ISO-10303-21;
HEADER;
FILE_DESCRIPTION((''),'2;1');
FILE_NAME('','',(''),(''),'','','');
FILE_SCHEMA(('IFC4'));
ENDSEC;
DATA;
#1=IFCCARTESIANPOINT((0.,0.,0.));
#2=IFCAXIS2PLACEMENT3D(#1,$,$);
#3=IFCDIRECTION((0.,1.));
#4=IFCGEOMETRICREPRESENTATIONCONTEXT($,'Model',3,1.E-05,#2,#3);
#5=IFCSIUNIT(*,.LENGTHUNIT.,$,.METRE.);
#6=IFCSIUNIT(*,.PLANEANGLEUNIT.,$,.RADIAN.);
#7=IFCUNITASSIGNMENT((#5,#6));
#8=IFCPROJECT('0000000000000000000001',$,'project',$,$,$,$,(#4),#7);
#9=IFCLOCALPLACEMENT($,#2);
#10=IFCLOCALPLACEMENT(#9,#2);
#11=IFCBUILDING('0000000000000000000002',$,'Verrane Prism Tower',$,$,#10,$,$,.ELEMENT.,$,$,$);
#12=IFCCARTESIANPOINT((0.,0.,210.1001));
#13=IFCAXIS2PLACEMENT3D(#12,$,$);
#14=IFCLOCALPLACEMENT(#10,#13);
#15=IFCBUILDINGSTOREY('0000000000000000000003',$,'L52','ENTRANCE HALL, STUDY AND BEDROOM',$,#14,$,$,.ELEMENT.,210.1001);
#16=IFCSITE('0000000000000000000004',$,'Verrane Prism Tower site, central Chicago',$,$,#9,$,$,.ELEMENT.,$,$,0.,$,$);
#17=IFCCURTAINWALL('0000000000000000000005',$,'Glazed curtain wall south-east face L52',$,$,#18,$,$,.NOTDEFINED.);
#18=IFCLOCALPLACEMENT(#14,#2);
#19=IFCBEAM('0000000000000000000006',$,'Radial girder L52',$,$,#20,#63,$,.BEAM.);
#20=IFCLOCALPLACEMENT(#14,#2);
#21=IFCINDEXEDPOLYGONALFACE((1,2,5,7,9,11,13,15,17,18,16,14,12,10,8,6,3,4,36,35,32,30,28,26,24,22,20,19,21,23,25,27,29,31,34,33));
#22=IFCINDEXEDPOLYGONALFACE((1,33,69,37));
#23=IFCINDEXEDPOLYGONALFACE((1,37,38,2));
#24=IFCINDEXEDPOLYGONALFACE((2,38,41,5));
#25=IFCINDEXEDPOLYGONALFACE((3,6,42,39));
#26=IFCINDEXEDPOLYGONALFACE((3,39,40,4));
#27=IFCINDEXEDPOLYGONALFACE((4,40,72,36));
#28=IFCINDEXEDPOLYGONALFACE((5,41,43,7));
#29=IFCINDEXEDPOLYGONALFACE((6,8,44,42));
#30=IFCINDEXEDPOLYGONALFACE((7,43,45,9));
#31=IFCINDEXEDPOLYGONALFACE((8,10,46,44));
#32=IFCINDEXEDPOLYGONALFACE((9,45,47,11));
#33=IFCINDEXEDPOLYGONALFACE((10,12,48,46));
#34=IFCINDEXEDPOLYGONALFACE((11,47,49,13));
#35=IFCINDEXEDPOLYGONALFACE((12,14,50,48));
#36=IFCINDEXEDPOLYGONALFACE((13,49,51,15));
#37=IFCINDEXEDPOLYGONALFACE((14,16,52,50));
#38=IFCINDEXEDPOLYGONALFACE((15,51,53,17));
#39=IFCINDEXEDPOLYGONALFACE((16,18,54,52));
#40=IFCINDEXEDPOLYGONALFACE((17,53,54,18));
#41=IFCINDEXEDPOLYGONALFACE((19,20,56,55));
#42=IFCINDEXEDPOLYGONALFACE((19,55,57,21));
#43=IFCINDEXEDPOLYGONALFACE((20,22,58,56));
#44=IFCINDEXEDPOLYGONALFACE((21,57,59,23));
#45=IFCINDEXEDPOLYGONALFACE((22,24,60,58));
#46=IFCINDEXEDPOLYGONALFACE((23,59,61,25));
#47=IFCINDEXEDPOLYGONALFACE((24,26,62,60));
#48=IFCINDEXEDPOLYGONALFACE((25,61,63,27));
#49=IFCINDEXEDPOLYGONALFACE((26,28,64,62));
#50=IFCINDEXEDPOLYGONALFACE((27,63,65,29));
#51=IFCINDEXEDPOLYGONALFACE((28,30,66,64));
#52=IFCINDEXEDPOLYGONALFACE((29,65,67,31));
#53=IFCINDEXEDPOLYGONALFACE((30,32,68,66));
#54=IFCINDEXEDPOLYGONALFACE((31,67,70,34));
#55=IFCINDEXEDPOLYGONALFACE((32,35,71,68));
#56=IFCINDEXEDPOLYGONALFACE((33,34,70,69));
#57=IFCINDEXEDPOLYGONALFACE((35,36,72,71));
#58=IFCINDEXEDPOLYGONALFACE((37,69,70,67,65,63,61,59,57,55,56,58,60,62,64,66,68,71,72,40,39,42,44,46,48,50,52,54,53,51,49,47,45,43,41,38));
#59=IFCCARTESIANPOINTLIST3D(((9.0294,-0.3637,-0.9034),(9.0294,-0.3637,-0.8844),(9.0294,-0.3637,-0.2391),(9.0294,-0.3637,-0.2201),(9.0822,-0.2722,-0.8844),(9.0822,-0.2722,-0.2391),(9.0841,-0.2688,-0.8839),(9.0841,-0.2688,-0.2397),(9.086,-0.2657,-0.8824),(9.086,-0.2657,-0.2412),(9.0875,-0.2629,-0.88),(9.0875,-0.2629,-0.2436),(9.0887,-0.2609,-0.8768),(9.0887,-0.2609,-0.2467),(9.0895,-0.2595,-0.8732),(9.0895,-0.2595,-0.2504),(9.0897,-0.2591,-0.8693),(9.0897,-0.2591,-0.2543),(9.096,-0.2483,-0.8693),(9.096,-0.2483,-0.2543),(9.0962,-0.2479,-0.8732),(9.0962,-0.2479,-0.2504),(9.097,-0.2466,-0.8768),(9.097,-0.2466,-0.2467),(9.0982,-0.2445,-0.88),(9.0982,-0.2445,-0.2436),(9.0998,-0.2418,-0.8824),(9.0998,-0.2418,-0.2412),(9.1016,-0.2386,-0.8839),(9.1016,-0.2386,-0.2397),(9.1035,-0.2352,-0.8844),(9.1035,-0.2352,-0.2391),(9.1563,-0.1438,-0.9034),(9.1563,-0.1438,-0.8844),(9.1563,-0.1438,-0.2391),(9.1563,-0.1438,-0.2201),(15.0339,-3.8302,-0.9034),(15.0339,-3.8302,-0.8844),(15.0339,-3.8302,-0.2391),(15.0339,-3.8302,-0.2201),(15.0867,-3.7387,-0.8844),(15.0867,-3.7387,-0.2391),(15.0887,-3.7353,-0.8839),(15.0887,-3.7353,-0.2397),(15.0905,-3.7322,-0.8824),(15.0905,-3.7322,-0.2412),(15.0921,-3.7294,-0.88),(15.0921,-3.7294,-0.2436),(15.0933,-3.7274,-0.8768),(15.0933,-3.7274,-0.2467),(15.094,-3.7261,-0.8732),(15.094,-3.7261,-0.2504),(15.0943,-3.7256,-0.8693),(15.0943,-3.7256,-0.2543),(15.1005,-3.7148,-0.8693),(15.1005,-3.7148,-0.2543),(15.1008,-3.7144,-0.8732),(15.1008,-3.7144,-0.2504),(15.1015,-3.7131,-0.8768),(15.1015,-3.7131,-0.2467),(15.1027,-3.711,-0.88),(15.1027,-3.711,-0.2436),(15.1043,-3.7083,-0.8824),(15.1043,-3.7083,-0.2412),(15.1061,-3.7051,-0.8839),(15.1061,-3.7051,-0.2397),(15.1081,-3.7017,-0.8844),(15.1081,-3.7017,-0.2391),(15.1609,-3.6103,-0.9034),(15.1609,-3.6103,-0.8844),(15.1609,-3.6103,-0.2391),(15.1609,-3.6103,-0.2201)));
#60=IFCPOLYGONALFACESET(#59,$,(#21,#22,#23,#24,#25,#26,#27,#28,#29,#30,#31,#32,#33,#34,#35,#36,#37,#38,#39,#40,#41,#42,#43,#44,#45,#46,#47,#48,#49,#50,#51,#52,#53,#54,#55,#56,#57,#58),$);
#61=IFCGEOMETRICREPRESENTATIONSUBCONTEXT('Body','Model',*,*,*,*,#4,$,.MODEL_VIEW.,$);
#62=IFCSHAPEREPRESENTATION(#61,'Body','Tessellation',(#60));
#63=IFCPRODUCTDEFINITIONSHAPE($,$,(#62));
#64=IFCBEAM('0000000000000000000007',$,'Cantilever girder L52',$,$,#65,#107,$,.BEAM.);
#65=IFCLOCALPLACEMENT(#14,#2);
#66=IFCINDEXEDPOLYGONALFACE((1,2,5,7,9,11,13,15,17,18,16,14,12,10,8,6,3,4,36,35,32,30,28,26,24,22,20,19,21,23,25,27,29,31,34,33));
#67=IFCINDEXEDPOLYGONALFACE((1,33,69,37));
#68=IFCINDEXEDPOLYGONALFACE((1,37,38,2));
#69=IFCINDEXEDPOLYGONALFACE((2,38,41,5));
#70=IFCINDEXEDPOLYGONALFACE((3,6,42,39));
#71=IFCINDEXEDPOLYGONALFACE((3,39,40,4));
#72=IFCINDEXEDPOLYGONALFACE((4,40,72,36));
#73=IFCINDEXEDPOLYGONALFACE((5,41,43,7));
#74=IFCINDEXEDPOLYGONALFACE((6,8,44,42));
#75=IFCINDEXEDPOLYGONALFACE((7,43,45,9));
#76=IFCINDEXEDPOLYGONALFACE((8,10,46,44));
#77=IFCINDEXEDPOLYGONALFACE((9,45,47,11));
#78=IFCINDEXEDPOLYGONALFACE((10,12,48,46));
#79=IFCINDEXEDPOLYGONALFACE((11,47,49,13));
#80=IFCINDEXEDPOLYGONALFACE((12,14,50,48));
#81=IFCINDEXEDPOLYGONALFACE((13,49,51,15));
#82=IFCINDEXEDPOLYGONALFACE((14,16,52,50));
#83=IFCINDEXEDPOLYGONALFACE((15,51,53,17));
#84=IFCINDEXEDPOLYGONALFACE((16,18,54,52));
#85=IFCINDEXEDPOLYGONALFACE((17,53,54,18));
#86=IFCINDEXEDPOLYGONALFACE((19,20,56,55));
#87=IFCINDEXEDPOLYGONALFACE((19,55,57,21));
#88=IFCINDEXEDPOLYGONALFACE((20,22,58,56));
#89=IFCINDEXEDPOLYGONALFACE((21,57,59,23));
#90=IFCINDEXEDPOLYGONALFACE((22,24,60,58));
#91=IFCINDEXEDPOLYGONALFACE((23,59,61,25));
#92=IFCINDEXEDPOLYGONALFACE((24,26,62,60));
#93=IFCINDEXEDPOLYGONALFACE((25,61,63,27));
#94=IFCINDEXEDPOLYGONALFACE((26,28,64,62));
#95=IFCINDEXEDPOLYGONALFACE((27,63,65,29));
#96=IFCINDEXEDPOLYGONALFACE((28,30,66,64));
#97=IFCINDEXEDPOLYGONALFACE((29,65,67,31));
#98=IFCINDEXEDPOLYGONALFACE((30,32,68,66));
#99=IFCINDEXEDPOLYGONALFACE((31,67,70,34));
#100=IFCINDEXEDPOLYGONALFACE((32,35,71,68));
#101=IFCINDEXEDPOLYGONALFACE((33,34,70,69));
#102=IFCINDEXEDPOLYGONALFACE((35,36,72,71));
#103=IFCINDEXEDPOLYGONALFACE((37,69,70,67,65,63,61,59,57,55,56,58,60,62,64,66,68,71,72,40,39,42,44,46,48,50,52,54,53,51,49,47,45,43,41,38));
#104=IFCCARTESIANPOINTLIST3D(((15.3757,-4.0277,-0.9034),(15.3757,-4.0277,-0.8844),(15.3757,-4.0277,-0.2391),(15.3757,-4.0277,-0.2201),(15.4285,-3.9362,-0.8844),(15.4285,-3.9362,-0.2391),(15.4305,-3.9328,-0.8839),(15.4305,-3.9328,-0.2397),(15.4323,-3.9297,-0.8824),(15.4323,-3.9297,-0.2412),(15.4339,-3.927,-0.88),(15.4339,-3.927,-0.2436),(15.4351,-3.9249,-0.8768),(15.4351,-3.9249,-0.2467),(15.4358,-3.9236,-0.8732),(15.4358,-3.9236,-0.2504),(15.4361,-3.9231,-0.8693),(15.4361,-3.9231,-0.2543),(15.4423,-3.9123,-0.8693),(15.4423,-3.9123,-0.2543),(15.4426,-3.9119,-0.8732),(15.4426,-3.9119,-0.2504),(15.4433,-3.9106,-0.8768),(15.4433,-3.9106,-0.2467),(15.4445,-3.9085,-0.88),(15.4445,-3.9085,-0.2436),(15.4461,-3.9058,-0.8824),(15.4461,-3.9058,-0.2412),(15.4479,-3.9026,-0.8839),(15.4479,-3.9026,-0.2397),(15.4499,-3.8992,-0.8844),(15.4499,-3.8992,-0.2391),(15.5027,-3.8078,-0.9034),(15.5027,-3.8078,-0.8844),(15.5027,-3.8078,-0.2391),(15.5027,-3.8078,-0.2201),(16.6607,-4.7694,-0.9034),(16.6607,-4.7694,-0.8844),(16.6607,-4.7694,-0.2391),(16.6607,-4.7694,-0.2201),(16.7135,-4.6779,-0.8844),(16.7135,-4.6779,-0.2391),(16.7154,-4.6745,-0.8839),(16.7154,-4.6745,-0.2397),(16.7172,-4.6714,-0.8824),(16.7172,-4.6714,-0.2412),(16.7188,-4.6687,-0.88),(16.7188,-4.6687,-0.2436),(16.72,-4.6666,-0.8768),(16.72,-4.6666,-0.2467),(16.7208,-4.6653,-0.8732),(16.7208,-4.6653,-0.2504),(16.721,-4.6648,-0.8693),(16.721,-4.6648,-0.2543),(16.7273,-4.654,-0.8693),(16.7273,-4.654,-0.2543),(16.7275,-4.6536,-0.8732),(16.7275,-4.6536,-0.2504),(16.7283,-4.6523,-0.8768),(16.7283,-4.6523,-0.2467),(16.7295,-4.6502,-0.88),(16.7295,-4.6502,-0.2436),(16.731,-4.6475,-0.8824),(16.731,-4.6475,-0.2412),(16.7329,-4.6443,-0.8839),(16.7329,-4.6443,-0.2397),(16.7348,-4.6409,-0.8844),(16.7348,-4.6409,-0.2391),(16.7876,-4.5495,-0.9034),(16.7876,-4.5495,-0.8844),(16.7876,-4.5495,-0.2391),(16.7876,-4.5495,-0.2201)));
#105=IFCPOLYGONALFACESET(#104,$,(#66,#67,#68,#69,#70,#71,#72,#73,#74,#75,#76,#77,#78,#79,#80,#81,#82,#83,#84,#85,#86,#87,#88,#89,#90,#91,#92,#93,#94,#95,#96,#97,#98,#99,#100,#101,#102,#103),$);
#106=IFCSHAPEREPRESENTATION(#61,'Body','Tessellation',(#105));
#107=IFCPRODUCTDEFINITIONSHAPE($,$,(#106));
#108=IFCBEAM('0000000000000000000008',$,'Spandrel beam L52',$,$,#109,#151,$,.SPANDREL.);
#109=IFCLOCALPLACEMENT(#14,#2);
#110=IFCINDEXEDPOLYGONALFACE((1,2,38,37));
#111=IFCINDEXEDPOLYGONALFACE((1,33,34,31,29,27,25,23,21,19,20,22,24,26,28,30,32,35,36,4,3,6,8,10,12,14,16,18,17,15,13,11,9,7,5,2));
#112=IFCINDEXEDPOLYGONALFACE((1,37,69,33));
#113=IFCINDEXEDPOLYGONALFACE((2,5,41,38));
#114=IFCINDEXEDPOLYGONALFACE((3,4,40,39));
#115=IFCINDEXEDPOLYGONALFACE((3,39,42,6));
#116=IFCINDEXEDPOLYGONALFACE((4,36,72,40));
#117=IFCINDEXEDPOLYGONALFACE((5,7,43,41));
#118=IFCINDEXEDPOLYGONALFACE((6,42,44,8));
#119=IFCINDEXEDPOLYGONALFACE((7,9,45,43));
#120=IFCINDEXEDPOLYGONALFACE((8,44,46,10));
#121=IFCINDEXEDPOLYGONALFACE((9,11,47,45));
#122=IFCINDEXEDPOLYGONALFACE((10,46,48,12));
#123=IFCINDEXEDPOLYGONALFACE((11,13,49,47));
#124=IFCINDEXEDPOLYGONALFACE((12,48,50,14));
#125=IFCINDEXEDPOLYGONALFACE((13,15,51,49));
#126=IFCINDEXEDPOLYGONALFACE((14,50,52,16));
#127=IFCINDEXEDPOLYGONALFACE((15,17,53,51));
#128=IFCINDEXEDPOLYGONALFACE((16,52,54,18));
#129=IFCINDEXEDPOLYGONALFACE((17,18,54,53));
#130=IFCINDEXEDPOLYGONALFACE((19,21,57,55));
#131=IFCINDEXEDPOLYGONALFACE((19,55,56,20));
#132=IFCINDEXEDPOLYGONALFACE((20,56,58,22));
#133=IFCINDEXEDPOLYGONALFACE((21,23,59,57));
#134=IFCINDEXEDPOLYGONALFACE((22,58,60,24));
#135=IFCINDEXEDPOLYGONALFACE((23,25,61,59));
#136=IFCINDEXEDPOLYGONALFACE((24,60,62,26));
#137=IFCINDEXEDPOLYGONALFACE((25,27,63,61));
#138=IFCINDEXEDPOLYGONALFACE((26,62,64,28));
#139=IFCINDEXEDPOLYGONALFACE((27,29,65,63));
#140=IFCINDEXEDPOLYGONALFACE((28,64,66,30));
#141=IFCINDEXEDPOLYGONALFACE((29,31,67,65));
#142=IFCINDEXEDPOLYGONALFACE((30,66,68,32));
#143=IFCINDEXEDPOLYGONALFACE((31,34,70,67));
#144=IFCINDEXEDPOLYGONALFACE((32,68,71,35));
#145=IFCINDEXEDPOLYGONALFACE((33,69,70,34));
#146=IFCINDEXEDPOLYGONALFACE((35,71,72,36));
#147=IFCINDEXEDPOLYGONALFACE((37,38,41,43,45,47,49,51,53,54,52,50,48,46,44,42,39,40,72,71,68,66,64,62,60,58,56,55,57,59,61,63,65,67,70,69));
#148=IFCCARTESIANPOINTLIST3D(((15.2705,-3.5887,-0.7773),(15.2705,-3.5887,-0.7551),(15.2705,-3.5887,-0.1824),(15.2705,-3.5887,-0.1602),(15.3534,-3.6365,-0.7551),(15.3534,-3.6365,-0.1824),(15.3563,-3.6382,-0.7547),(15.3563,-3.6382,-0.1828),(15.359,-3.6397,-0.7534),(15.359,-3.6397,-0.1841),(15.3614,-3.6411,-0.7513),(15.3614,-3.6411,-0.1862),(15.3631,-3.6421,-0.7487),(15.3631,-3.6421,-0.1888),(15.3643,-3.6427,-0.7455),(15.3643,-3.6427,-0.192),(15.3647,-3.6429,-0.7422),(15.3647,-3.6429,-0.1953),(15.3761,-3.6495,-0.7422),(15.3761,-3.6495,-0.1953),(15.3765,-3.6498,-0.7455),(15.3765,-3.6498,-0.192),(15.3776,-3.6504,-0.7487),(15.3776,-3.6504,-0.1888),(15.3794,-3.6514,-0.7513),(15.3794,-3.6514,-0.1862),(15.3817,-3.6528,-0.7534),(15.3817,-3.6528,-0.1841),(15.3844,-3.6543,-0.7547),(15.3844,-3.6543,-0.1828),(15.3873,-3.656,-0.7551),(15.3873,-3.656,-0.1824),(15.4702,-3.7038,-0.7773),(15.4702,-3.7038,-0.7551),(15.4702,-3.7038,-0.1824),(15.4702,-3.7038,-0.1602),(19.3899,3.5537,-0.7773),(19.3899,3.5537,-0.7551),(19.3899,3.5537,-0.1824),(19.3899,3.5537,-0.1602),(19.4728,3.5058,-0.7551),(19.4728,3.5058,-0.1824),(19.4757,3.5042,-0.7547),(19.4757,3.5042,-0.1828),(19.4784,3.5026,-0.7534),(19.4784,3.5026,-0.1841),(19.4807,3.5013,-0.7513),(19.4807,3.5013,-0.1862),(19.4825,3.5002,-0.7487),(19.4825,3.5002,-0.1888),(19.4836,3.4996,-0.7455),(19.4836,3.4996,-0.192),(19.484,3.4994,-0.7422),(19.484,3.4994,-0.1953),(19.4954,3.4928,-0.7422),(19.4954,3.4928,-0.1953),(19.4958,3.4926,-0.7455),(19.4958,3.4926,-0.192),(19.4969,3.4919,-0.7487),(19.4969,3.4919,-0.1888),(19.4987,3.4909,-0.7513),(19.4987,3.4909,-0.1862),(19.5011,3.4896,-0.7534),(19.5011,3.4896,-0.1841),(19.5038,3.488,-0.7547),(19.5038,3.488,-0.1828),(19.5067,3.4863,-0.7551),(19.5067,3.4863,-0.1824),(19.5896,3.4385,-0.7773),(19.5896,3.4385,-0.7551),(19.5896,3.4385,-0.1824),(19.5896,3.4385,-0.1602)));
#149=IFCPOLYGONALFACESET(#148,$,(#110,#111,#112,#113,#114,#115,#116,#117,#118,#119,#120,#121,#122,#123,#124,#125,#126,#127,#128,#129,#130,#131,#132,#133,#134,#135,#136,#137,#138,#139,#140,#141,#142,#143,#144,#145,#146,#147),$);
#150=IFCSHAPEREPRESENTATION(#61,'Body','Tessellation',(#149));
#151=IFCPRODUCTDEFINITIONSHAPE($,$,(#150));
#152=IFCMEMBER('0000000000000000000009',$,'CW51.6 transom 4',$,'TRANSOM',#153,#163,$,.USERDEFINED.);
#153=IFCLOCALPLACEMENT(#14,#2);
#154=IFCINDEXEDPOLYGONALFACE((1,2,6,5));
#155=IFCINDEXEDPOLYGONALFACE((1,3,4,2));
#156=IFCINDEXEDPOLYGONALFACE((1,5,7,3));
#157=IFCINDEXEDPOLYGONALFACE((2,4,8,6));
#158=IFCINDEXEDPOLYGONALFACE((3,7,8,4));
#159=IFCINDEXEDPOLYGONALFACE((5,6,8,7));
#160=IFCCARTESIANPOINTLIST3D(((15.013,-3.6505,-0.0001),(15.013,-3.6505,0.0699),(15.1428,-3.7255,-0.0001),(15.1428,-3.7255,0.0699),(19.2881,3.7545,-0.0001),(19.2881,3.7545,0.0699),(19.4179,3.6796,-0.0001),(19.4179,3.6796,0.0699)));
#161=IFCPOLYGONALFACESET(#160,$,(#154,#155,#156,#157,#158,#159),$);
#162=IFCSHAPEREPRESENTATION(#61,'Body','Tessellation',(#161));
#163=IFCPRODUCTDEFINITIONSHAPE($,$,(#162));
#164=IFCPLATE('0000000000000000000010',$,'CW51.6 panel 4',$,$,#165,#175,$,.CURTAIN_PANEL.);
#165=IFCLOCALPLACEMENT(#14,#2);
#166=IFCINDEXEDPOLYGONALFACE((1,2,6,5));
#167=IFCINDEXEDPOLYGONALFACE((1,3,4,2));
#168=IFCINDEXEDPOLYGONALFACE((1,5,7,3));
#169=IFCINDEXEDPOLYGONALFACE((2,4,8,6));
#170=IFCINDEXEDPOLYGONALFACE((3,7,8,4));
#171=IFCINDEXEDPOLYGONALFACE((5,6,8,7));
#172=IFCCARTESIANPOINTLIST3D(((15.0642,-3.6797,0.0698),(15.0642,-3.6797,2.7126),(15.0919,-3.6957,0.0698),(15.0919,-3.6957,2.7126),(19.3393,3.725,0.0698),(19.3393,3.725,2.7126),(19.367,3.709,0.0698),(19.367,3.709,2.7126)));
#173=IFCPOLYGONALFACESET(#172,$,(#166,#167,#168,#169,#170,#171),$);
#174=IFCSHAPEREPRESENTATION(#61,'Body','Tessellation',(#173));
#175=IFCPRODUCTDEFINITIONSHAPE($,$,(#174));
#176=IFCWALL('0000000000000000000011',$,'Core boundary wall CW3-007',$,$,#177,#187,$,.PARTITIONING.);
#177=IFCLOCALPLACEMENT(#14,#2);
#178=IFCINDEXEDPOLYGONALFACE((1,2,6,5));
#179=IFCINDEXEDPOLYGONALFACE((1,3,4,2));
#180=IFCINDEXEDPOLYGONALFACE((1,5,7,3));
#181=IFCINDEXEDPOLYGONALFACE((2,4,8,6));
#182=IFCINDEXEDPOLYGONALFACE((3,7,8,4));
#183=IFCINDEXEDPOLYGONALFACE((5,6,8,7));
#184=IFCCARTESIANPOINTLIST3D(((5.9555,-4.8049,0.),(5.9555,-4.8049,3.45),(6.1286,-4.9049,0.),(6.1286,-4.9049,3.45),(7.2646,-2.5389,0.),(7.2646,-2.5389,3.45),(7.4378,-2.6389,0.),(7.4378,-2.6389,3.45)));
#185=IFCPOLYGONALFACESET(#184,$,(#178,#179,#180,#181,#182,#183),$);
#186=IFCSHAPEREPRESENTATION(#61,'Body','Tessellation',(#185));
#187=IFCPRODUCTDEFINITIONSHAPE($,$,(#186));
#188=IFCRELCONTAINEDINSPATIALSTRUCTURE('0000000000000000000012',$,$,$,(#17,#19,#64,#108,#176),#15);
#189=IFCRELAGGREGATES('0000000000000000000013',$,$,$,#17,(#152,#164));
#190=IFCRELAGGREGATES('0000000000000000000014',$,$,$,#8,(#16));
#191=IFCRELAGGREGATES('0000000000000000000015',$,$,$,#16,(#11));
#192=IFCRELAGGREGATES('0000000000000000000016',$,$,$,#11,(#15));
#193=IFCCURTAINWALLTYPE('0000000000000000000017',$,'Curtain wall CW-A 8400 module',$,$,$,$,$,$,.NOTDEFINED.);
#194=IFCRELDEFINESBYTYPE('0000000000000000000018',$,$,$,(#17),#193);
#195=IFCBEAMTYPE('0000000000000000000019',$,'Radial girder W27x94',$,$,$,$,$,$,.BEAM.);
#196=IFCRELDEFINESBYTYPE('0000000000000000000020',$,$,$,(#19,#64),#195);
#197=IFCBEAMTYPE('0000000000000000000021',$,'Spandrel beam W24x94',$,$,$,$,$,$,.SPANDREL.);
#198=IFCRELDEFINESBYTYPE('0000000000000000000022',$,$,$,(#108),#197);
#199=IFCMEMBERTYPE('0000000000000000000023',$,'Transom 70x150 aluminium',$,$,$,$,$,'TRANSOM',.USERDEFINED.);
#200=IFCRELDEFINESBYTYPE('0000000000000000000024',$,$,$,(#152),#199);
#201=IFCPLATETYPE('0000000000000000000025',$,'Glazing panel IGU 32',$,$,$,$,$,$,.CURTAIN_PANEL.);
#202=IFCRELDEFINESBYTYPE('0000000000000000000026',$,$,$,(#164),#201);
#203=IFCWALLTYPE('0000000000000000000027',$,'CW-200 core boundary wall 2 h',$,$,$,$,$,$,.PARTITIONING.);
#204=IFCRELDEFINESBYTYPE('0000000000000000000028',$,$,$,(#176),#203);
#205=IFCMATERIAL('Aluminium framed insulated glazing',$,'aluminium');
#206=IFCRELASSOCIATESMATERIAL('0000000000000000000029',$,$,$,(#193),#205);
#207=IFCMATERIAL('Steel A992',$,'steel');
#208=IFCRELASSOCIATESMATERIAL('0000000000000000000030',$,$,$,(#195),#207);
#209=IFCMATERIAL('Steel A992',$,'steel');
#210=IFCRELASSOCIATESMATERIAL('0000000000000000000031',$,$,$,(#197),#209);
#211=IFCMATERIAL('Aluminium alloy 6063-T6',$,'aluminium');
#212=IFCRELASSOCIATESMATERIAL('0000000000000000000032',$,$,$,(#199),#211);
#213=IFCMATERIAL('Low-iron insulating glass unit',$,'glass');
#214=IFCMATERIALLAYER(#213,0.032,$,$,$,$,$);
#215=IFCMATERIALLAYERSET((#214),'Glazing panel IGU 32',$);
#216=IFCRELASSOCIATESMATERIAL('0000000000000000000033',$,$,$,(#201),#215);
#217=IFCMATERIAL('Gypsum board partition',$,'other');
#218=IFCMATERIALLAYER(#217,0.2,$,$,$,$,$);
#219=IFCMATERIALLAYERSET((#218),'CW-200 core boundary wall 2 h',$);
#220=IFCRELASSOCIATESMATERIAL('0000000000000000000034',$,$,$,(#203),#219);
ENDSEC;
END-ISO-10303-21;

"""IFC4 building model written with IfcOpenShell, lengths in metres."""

from ifc_helpers import new_model, si_unit, direction, frame, frame_2d, origin, origin_2d, place, context, subcontext, project, spatial, rectangle, i_section, extrude, material, layer, layer_set, material_profile, profile_set, type_object, element, aggregate, save


model = new_model("IFC4")

# Units and contexts
model_context = context("Model", 3, precision=1e-05, world=origin(), true_north=direction((0.0, 1.0)))
body_context = subcontext(model_context, "Body", "Model", "MODEL_VIEW")
ifc_project = project(units=[si_unit("LENGTHUNIT", "METRE"), si_unit("PLANEANGLEUNIT", "RADIAN")], contexts=[model_context])

# Site, building, storey
site_placement = place(None, origin())
site = spatial("IfcSite", under=ifc_project, at=site_placement, Name="Verrane Prism Tower site, central Chicago", CompositionType="ELEMENT", RefElevation=0.0)
building_placement = place(site_placement, origin())
building = spatial("IfcBuilding", under=site, at=building_placement, Name="Verrane Prism Tower", CompositionType="ELEMENT")
storey_placement = place(building_placement, frame((0.0, 0.0, 210.1001)))
storey = spatial("IfcBuildingStorey", under=building, at=storey_placement, Name="L52", Description="ENTRANCE HALL, STUDY AND BEDROOM", CompositionType="ELEMENT", Elevation=210.1001)

# Curtain wall
ifc_material_1 = material(Name="Aluminium framed insulated glazing", Category="aluminium")
curtain_wall_type = type_object("IfcCurtainWallType", Name="Curtain wall CW-A 8400 module", PredefinedType="NOTDEFINED", material=ifc_material_1)
curtain_wall_placement = place(storey_placement, origin())
curtain_wall = element("IfcCurtainWall", 1, at=curtain_wall_placement, inside=storey, type_object=curtain_wall_type, Name="Glazed curtain wall south-east face L52", PredefinedType="NOTDEFINED")

# Beams
ifc_material_2 = material(Name="Steel A992", Category="steel")
ifc_material_profile_1 = material_profile(ifc_material_2, i_section(OverallWidth=0.2539, OverallDepth=0.6833, WebThickness=0.0125, FlangeThickness=0.019, FilletRadius=0.0151, at=origin_2d()), Name="W27x94")
ifc_profile_set_1 = profile_set([ifc_material_profile_1], Name="Steel A992")
beam_type_1 = type_object("IfcBeamType", Name="Radial girder W27x94", PredefinedType="BEAM", material=ifc_profile_set_1)
beam_1_placement = place(storey_placement, frame((15.0974, -3.7202, -0.5618), z_axis=(-0.86604, 0.499975, 0.0), x_axis=(-0.499975, -0.86604, 0.0)))
element("IfcBeam", 2, at=beam_1_placement, inside=storey, type_object=beam_type_1, Name="Radial girder L52", PredefinedType="BEAM", context=body_context, shape_type="SweptSolid", body=[
    extrude(i_section(OverallWidth=0.2539, OverallDepth=0.6833, WebThickness=0.0125, FlangeThickness=0.019, FilletRadius=0.0151, at=origin_2d()), origin(), (0.0, 0.0, 1.0), 6.9333),
])
beam_2_placement = place(storey_placement, frame((15.4392, -3.9177, -0.5618), z_axis=(0.866068, -0.499927, 0.0), x_axis=(0.499927, 0.866068, 0.0)))
element("IfcBeam", 3, at=beam_2_placement, inside=storey, type_object=beam_type_1, Name="Cantilever girder L52", PredefinedType="BEAM", context=body_context, shape_type="SweptSolid", body=[
    extrude(i_section(OverallWidth=0.2539, OverallDepth=0.6833, WebThickness=0.0125, FlangeThickness=0.019, FilletRadius=0.0151, at=origin_2d()), origin(), (0.0, 0.0, 1.0), 1.4836),
])
ifc_material_3 = material(Name="Steel A992", Category="steel")
ifc_material_profile_2 = material_profile(ifc_material_3, i_section(OverallWidth=0.2305, OverallDepth=0.6172, WebThickness=0.0132, FlangeThickness=0.0222, FilletRadius=0.0129, at=origin_2d()), Name="W24x94")
ifc_profile_set_2 = profile_set([ifc_material_profile_2], Name="Steel A992")
beam_type_2 = type_object("IfcBeamType", Name="Spandrel beam W24x94", PredefinedType="SPANDREL", material=ifc_profile_set_2)
beam_3_placement = place(storey_placement, frame((15.3704, -3.6462, -0.4688), z_axis=(0.499614, 0.866248, 0.0), x_axis=(-0.866248, 0.499614, 0.0)))
element("IfcBeam", 4, at=beam_3_placement, inside=storey, type_object=beam_type_2, Name="Spandrel beam L52", PredefinedType="SPANDREL", context=body_context, shape_type="SweptSolid", body=[
    extrude(i_section(OverallWidth=0.2305, OverallDepth=0.6172, WebThickness=0.0132, FlangeThickness=0.0222, FilletRadius=0.0129, at=origin_2d()), origin(), (0.0, 0.0, 1.0), 8.2451),
])

# Member
ifc_material_4 = material(Name="Aluminium alloy 6063-T6", Category="aluminium")
ifc_material_profile_3 = material_profile(ifc_material_4, rectangle(XDim=0.1499, YDim=0.0701, at=origin_2d()), Name="Transom 70x150 aluminium")
ifc_profile_set_3 = profile_set([ifc_material_profile_3], Name="Aluminium alloy 6063-T6")
member_type_1 = type_object("IfcMemberType", Name="Transom 70x150 aluminium", ElementType="TRANSOM", PredefinedType="USERDEFINED", material=ifc_profile_set_3)
member_1_placement = place(storey_placement, frame((15.0779, -3.688, 0.0349), z_axis=(0.499987, 0.866033, 0.0), x_axis=(-0.866033, 0.499987, 0.0)))
member_1 = element("IfcMember", 5, at=member_1_placement, type_object=member_type_1, Name="CW51.6 transom 4", ObjectType="TRANSOM", PredefinedType="USERDEFINED", context=body_context, shape_type="SweptSolid", body=[
    extrude(rectangle(XDim=0.1499, YDim=0.0701, at=origin_2d()), origin(), (0.0, 0.0, 1.0), 8.5505),
])

# Plate
ifc_material_5 = material(Name="Low-iron insulating glass unit", Category="glass")
ifc_layer_1 = layer(ifc_material_5, 0.032)
ifc_layer_set_1 = layer_set([ifc_layer_1], Name="Glazing panel IGU 32")
plate_type = type_object("IfcPlateType", Name="Glazing panel IGU 32", PredefinedType="CURTAIN_PANEL", material=ifc_layer_set_1)
plate_placement = place(storey_placement, frame((17.2156, 0.0146, 0.0698), z_axis=(0.0, 0.0, 1.0), x_axis=(0.499999, 0.866026, 0.0)))
plate = element("IfcPlate", 6, at=plate_placement, type_object=plate_type, Name="CW51.6 panel 4", PredefinedType="CURTAIN_PANEL", context=body_context, shape_type="SweptSolid", body=[
    extrude(rectangle(XDim=8.5503, YDim=0.032, at=origin_2d()), origin(), (0.0, 0.0, 1.0), 2.6428),
])
aggregate(curtain_wall, [member_1, plate])

# Wall
ifc_material_6 = material(Name="Gypsum board partition", Category="other")
ifc_layer_2 = layer(ifc_material_6, 0.2)
ifc_layer_set_2 = layer_set([ifc_layer_2], Name="CW-200 core boundary wall 2 h")
wall_type_1 = type_object("IfcWallType", Name="CW-200 core boundary wall 2 h", PredefinedType="PARTITIONING", material=ifc_layer_set_2)
wall_1_placement = place(storey_placement, frame((6.042, -4.855, 0.0), z_axis=(0.0, 0.0, 1.0), x_axis=(0.500253, 0.865879, 0.0)))
element("IfcWall", 7, at=wall_1_placement, inside=storey, type_object=wall_type_1, Name="Core boundary wall CW3-007", PredefinedType="PARTITIONING", context=body_context, shape_type="SweptSolid", body=[
    extrude(rectangle(XDim=2.6169, YDim=0.2, at=frame_2d((1.3086, 0.0))), origin(), (0.0, 0.0, 1.0), 3.45),
])

save(model, "model.ifc")
